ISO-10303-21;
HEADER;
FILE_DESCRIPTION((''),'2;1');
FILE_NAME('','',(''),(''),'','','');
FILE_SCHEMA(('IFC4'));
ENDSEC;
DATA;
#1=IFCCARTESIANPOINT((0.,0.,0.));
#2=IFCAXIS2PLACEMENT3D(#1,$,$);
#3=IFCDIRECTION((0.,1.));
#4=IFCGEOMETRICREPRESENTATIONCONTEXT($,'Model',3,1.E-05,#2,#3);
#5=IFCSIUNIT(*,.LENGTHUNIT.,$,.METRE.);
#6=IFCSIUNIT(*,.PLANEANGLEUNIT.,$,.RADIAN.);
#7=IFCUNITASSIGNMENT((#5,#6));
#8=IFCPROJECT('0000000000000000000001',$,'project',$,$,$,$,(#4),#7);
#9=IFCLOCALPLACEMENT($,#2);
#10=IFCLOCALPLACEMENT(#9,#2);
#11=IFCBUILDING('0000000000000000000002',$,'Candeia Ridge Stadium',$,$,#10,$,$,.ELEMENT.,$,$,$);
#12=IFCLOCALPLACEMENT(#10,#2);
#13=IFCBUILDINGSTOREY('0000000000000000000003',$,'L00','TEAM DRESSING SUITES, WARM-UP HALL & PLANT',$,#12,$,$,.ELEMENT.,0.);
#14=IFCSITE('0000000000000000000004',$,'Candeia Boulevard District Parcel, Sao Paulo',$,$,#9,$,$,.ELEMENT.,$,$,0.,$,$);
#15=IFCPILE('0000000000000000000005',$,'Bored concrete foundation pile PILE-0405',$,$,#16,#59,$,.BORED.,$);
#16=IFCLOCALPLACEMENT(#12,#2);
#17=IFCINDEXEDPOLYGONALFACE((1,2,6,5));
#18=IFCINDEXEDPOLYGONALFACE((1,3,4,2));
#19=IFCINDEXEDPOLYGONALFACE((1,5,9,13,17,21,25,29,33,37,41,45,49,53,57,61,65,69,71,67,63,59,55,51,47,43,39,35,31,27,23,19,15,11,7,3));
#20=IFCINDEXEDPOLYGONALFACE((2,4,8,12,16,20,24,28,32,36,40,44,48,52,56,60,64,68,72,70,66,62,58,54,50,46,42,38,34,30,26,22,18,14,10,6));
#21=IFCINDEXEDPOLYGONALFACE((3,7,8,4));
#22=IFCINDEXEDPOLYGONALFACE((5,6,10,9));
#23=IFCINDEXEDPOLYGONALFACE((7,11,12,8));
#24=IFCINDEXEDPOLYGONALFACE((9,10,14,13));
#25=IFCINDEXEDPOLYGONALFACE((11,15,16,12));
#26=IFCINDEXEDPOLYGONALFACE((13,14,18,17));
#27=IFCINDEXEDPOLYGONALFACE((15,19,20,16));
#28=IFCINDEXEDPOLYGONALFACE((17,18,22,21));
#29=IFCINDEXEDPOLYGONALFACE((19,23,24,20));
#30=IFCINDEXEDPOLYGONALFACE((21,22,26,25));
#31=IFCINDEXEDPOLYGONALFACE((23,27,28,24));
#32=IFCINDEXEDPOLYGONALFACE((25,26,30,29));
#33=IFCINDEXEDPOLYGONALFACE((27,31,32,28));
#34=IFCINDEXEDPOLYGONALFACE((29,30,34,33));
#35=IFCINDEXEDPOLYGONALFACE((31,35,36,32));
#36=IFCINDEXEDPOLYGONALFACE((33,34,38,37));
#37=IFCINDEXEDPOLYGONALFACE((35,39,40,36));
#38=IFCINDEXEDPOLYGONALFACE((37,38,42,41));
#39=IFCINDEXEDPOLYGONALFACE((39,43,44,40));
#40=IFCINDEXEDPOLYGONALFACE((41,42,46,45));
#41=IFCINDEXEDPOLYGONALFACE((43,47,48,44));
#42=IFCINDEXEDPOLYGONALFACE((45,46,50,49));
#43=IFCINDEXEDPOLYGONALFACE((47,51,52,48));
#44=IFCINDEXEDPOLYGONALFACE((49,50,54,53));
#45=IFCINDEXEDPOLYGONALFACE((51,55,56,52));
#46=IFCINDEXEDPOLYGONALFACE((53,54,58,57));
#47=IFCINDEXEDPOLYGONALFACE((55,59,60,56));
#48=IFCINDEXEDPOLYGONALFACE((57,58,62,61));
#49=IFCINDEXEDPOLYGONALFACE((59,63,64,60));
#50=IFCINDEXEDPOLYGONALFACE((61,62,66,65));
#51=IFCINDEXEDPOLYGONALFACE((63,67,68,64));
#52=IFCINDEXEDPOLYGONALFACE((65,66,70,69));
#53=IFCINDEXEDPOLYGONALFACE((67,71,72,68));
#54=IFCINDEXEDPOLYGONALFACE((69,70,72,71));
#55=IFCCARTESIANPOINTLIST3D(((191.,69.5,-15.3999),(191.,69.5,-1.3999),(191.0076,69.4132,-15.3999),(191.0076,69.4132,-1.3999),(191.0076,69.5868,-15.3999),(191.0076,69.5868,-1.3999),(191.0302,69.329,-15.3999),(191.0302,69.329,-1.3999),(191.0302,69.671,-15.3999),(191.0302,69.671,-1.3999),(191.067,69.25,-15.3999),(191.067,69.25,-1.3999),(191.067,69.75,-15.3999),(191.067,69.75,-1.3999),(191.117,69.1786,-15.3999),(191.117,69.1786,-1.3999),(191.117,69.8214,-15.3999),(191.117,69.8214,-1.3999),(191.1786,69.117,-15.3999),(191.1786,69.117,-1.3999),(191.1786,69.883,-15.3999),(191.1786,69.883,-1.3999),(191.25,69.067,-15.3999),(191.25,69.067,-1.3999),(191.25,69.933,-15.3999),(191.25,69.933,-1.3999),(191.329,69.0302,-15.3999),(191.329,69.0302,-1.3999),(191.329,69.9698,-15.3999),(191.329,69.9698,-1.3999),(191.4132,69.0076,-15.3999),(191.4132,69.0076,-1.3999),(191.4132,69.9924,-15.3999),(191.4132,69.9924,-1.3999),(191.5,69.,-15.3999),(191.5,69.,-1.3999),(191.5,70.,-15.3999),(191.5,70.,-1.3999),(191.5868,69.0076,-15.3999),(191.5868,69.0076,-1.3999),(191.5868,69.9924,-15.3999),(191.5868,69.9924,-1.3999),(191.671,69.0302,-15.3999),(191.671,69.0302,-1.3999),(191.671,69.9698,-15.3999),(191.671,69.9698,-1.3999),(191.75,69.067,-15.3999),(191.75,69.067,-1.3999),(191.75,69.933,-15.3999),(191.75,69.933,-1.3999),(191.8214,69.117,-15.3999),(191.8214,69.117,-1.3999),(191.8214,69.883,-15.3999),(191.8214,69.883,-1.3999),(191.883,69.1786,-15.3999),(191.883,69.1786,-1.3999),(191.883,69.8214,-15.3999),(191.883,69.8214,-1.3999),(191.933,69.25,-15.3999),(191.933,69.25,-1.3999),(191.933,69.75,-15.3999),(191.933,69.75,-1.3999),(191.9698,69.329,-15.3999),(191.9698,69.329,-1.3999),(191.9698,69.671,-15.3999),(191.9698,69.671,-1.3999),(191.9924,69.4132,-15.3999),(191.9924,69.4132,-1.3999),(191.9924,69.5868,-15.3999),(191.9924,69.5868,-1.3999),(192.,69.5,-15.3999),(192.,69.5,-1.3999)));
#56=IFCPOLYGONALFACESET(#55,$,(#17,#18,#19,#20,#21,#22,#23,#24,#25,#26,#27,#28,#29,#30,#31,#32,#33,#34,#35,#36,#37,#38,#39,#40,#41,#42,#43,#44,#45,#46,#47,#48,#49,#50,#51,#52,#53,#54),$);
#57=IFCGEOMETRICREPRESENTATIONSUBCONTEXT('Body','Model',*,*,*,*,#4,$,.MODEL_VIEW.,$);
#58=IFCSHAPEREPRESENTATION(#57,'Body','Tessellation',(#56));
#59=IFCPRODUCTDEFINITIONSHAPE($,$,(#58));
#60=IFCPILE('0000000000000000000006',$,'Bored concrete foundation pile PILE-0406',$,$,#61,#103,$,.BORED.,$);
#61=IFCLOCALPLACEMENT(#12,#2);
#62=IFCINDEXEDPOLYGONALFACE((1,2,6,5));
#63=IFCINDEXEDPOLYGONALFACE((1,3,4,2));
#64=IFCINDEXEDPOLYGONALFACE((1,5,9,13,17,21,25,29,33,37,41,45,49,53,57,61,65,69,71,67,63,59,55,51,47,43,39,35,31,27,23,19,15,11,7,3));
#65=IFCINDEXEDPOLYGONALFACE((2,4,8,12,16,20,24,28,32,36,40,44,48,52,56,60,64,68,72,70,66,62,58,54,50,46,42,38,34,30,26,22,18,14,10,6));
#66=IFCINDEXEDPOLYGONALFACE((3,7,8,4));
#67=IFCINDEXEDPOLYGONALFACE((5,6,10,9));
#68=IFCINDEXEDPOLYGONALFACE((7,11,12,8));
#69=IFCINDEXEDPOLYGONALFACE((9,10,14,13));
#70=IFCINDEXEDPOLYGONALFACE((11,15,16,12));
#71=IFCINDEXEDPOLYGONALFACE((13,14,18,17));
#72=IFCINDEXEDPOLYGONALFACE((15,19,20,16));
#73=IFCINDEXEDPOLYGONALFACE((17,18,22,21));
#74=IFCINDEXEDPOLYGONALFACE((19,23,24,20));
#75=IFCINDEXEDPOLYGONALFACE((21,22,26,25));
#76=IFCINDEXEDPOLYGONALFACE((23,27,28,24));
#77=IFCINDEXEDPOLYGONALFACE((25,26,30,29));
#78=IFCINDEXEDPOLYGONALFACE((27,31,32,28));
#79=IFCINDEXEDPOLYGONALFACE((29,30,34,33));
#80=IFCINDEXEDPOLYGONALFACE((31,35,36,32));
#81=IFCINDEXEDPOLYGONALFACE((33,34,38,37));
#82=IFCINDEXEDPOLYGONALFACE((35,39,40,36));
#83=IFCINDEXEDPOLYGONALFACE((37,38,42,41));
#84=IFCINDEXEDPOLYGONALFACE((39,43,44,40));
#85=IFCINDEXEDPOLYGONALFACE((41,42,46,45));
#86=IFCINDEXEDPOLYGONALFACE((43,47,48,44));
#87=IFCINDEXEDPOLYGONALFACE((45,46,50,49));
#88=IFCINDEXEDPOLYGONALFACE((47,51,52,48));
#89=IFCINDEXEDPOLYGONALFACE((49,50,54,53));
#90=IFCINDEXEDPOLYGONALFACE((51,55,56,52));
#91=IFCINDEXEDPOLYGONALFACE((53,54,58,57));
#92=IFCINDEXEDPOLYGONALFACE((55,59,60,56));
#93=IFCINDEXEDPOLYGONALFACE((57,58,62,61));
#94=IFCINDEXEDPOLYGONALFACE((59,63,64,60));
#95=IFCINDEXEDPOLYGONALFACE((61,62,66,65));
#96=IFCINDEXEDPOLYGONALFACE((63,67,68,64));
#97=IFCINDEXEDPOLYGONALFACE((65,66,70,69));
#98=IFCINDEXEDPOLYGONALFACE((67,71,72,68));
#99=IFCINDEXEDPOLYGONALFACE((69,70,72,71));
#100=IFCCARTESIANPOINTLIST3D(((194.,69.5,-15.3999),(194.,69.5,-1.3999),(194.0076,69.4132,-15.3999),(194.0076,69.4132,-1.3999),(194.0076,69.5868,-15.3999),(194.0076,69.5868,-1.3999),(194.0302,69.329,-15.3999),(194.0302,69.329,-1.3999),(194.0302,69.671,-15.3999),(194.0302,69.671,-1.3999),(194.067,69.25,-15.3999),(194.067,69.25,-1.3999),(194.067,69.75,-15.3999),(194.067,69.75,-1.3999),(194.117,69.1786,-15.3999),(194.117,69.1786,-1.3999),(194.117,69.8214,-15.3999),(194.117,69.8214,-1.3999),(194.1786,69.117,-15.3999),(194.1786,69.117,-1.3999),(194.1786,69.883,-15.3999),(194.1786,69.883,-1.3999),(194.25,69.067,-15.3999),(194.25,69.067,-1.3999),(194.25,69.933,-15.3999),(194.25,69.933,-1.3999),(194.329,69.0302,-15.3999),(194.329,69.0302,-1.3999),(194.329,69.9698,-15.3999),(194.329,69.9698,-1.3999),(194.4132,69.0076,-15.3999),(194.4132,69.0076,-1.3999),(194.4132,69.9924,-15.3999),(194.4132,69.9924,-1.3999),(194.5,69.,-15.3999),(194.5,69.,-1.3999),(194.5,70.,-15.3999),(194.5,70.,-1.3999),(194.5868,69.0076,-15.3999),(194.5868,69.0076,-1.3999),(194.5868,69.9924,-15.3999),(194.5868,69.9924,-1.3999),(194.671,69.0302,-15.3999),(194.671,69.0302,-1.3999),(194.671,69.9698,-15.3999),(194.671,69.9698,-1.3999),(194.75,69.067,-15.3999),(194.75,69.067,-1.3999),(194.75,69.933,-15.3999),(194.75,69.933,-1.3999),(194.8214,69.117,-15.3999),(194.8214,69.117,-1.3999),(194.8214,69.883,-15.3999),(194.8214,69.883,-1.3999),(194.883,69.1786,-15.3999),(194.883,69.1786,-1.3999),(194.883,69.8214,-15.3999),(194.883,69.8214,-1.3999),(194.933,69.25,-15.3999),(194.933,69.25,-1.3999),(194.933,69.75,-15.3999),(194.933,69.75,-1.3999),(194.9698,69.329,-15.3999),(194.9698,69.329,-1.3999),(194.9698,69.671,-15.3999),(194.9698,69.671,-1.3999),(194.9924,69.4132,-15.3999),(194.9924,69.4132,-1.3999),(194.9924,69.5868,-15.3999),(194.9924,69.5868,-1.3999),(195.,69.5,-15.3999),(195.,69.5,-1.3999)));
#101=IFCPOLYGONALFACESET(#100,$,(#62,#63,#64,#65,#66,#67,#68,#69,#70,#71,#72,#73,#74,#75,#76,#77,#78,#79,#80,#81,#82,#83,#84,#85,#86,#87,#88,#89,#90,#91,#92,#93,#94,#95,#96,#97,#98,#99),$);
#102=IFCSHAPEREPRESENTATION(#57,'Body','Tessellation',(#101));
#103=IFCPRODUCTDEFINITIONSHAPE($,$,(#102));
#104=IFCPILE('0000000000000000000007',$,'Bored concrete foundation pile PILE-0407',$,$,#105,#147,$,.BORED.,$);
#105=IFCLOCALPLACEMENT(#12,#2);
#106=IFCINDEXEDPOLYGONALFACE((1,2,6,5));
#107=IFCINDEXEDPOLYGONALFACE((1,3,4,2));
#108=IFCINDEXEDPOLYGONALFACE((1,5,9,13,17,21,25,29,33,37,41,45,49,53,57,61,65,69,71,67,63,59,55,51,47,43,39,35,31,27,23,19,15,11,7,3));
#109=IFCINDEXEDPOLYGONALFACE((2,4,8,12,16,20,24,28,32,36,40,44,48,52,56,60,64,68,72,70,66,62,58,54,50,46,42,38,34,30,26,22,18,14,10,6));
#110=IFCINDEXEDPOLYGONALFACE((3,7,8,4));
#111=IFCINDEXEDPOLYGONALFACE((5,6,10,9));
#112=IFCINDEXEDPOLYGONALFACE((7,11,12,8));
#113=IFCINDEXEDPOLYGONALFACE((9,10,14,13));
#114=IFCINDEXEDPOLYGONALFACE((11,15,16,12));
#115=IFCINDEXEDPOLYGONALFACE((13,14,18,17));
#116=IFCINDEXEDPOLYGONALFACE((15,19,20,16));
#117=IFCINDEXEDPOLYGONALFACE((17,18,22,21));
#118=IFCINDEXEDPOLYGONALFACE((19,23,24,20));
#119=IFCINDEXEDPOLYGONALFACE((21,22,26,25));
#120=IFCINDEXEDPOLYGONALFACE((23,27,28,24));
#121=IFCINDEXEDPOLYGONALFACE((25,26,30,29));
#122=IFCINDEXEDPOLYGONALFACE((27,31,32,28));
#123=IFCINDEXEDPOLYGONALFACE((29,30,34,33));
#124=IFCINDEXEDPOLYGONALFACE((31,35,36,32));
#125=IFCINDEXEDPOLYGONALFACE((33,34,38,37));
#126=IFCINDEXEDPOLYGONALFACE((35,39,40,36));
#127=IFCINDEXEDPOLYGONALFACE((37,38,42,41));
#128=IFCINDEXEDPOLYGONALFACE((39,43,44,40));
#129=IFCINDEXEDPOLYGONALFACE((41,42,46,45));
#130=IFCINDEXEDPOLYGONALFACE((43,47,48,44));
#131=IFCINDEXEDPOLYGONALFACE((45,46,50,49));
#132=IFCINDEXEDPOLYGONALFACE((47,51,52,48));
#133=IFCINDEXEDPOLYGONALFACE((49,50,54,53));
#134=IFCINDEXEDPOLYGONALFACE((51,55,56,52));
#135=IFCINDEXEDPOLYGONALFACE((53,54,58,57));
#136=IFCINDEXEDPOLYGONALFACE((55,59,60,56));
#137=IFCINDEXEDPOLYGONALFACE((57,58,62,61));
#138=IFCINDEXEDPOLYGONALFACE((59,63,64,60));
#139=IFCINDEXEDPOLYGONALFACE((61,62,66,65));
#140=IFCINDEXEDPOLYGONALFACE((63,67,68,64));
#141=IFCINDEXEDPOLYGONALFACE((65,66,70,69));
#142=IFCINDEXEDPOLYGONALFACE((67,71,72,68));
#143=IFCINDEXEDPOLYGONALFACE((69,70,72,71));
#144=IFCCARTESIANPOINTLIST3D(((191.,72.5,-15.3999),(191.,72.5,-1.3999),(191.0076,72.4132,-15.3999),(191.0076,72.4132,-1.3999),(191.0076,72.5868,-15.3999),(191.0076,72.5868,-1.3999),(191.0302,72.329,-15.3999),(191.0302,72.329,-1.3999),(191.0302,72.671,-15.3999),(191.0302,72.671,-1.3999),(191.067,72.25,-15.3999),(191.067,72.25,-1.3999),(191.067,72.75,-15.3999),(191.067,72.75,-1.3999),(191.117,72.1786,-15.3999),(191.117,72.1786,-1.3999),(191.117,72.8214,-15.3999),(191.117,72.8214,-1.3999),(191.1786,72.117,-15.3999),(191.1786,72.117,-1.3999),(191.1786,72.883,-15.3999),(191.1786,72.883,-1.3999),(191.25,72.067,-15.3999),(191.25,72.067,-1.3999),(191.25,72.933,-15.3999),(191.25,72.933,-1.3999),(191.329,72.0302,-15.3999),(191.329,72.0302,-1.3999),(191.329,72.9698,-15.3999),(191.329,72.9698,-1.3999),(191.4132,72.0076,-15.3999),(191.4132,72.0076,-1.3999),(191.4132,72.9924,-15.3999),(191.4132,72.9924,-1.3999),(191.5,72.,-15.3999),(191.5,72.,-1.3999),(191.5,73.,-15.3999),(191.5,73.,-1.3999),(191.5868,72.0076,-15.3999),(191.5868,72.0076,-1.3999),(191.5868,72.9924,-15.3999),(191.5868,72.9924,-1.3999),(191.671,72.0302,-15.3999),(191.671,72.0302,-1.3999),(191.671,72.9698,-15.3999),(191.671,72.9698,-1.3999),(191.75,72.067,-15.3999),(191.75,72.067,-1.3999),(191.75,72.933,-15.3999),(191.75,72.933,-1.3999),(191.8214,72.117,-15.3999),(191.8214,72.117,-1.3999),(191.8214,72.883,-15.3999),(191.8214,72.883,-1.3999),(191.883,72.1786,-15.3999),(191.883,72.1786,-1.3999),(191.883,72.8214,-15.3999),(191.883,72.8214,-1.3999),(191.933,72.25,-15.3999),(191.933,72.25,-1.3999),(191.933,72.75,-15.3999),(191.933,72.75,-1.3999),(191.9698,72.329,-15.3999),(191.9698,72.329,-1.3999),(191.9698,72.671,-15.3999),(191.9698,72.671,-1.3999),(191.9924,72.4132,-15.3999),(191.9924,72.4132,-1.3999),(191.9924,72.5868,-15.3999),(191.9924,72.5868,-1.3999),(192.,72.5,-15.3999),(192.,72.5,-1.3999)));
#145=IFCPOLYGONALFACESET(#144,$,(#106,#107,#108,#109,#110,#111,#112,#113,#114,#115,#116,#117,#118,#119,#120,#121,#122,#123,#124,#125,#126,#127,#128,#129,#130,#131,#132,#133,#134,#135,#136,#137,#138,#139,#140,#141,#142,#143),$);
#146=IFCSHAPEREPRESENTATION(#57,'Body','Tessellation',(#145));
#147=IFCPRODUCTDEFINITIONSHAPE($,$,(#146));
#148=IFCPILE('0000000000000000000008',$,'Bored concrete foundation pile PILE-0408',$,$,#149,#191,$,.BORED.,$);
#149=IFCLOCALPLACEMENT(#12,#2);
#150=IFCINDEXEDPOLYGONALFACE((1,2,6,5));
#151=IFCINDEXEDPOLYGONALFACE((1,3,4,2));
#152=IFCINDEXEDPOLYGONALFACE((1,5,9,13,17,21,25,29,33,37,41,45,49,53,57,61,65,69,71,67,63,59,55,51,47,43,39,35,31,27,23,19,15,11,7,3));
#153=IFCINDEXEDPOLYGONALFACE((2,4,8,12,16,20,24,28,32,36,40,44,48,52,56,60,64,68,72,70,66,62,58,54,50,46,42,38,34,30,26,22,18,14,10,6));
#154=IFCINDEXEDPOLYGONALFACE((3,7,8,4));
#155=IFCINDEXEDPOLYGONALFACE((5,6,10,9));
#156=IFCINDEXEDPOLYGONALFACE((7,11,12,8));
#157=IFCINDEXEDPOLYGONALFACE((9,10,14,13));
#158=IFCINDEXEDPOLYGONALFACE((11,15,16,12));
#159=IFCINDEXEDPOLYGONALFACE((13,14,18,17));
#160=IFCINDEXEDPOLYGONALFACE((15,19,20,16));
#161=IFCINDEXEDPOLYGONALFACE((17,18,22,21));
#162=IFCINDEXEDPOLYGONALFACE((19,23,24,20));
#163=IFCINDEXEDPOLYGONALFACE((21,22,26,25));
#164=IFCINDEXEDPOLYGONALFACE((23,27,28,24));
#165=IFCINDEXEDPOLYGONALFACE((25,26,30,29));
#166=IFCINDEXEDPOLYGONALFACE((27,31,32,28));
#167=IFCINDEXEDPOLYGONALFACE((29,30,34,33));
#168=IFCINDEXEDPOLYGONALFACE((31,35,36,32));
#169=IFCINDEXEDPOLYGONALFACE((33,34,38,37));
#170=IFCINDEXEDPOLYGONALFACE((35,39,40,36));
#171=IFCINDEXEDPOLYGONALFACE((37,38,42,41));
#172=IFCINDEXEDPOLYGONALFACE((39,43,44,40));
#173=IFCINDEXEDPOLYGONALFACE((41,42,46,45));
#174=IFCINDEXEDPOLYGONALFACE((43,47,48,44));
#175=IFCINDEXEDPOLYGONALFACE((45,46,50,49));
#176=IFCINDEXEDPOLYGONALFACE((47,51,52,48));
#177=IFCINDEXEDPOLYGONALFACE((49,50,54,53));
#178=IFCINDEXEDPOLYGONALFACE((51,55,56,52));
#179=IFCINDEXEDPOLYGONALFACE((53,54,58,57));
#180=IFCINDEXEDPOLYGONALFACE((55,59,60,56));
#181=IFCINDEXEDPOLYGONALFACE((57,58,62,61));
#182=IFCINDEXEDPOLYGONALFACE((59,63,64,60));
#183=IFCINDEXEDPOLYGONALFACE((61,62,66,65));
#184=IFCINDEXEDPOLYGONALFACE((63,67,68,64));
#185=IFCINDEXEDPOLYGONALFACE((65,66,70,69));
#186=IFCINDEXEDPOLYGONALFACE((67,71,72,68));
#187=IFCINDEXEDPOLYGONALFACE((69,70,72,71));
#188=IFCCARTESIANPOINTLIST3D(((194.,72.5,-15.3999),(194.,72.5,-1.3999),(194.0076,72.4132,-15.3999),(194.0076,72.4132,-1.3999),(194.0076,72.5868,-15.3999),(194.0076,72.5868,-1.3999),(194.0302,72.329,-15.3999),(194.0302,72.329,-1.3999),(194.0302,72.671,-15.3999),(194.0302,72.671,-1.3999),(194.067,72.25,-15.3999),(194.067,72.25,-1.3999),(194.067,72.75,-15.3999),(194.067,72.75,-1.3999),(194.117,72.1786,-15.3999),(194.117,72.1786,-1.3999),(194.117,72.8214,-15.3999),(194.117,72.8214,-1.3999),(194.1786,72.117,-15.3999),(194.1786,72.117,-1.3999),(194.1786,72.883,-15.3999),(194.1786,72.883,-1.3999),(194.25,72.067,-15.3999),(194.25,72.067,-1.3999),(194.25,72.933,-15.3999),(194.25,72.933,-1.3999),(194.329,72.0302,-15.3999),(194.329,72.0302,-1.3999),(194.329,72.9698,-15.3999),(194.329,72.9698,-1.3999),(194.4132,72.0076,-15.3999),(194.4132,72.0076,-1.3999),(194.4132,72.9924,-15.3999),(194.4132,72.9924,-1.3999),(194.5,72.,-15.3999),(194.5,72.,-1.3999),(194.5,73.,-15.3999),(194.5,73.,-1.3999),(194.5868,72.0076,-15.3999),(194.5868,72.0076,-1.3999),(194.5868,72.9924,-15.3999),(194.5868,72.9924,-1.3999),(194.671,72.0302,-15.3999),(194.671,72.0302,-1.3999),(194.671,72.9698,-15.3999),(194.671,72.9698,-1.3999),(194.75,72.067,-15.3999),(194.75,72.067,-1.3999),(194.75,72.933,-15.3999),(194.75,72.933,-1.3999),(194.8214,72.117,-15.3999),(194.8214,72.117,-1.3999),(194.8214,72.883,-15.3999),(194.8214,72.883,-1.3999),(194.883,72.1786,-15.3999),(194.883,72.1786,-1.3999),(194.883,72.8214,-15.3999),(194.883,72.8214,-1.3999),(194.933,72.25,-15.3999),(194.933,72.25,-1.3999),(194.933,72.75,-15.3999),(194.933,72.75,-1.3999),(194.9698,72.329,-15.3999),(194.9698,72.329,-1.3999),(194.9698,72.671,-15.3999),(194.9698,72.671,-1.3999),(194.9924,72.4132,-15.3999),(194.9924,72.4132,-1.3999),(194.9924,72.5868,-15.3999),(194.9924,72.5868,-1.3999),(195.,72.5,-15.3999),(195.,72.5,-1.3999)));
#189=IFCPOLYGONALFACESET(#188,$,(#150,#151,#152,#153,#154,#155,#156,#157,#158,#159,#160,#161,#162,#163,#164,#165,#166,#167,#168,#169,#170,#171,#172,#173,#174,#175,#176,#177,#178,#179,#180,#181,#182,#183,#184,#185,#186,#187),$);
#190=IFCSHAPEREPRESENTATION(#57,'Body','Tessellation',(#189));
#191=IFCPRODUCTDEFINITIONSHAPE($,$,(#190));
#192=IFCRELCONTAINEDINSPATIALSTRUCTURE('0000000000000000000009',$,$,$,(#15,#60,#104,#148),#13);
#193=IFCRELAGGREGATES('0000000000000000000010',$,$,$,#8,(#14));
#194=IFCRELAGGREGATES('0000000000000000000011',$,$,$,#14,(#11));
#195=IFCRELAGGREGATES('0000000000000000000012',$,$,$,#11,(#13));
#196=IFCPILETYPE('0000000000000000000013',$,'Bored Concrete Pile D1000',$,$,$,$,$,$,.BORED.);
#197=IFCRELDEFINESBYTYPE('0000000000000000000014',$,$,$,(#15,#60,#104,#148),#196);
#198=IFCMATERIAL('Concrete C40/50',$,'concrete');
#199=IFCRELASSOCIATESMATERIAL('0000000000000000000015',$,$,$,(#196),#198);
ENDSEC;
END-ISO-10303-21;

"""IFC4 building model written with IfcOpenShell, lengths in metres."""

from ifc_helpers import new_model, si_unit, direction, frame, origin, origin_2d, place, context, subcontext, project, spatial, circle, extrude, material, material_profile, profile_set, type_object, element, save


model = new_model("IFC4")

# Units and contexts
model_context = context("Model", 3, precision=1e-05, world=origin(), true_north=direction((0.0, 1.0)))
body_context = subcontext(model_context, "Body", "Model", "MODEL_VIEW")
ifc_project = project(units=[si_unit("LENGTHUNIT", "METRE"), si_unit("PLANEANGLEUNIT", "RADIAN")], contexts=[model_context])

# Site, building, storey
site_placement = place(None, origin())
site = spatial("IfcSite", under=ifc_project, at=site_placement, Name="Candeia Boulevard District Parcel, Sao Paulo", CompositionType="ELEMENT", RefElevation=0.0)
building_placement = place(site_placement, origin())
building = spatial("IfcBuilding", under=site, at=building_placement, Name="Candeia Ridge Stadium", CompositionType="ELEMENT")
storey_placement = place(building_placement, origin())
storey = spatial("IfcBuildingStorey", under=building, at=storey_placement, Name="L00", Description="TEAM DRESSING SUITES, WARM-UP HALL & PLANT", CompositionType="ELEMENT", Elevation=0.0)

# Piles
ifc_material_1 = material(Name="Concrete C40/50", Category="concrete")
ifc_material_profile_1 = material_profile(ifc_material_1, circle(Radius=0.5, at=origin_2d()), Name="PILE-D1000", Category="concrete")
ifc_profile_set_1 = profile_set([ifc_material_profile_1], Name="Concrete C40/50")
pile_type_1 = type_object("IfcPileType", Name="Bored Concrete Pile D1000", PredefinedType="BORED", material=ifc_profile_set_1)
for number, where, z_axis, x_axis, name in (
    (1, (191.5, 69.5, -1.3999), (0.0, 0.0, -1.0), (1.0, 0.0, 0.0), "Bored concrete foundation pile PILE-0405"),
    (2, (194.5, 69.5, -1.3999), (0.0, 0.0, -1.0), (1.0, 0.0, 0.0), "Bored concrete foundation pile PILE-0406"),
    (3, (191.5, 72.5, -1.3999), (0.0, 0.0, -1.0), (1.0, 0.0, 0.0), "Bored concrete foundation pile PILE-0407"),
    (4, (194.5, 72.5, -1.3999), (0.0, 0.0, -1.0), (1.0, 0.0, 0.0), "Bored concrete foundation pile PILE-0408"),
):
    element("IfcPile", number, at=place(storey_placement, frame(where, z_axis=z_axis, x_axis=x_axis)), inside=storey, type_object=pile_type_1, Name=name, PredefinedType="BORED", context=body_context, shape_type="SweptSolid", body=[
        extrude(circle(Radius=0.5, at=origin_2d()), origin(), (0.0, 0.0, 1.0), 14.0),
    ])

save(model, "model.ifc")
